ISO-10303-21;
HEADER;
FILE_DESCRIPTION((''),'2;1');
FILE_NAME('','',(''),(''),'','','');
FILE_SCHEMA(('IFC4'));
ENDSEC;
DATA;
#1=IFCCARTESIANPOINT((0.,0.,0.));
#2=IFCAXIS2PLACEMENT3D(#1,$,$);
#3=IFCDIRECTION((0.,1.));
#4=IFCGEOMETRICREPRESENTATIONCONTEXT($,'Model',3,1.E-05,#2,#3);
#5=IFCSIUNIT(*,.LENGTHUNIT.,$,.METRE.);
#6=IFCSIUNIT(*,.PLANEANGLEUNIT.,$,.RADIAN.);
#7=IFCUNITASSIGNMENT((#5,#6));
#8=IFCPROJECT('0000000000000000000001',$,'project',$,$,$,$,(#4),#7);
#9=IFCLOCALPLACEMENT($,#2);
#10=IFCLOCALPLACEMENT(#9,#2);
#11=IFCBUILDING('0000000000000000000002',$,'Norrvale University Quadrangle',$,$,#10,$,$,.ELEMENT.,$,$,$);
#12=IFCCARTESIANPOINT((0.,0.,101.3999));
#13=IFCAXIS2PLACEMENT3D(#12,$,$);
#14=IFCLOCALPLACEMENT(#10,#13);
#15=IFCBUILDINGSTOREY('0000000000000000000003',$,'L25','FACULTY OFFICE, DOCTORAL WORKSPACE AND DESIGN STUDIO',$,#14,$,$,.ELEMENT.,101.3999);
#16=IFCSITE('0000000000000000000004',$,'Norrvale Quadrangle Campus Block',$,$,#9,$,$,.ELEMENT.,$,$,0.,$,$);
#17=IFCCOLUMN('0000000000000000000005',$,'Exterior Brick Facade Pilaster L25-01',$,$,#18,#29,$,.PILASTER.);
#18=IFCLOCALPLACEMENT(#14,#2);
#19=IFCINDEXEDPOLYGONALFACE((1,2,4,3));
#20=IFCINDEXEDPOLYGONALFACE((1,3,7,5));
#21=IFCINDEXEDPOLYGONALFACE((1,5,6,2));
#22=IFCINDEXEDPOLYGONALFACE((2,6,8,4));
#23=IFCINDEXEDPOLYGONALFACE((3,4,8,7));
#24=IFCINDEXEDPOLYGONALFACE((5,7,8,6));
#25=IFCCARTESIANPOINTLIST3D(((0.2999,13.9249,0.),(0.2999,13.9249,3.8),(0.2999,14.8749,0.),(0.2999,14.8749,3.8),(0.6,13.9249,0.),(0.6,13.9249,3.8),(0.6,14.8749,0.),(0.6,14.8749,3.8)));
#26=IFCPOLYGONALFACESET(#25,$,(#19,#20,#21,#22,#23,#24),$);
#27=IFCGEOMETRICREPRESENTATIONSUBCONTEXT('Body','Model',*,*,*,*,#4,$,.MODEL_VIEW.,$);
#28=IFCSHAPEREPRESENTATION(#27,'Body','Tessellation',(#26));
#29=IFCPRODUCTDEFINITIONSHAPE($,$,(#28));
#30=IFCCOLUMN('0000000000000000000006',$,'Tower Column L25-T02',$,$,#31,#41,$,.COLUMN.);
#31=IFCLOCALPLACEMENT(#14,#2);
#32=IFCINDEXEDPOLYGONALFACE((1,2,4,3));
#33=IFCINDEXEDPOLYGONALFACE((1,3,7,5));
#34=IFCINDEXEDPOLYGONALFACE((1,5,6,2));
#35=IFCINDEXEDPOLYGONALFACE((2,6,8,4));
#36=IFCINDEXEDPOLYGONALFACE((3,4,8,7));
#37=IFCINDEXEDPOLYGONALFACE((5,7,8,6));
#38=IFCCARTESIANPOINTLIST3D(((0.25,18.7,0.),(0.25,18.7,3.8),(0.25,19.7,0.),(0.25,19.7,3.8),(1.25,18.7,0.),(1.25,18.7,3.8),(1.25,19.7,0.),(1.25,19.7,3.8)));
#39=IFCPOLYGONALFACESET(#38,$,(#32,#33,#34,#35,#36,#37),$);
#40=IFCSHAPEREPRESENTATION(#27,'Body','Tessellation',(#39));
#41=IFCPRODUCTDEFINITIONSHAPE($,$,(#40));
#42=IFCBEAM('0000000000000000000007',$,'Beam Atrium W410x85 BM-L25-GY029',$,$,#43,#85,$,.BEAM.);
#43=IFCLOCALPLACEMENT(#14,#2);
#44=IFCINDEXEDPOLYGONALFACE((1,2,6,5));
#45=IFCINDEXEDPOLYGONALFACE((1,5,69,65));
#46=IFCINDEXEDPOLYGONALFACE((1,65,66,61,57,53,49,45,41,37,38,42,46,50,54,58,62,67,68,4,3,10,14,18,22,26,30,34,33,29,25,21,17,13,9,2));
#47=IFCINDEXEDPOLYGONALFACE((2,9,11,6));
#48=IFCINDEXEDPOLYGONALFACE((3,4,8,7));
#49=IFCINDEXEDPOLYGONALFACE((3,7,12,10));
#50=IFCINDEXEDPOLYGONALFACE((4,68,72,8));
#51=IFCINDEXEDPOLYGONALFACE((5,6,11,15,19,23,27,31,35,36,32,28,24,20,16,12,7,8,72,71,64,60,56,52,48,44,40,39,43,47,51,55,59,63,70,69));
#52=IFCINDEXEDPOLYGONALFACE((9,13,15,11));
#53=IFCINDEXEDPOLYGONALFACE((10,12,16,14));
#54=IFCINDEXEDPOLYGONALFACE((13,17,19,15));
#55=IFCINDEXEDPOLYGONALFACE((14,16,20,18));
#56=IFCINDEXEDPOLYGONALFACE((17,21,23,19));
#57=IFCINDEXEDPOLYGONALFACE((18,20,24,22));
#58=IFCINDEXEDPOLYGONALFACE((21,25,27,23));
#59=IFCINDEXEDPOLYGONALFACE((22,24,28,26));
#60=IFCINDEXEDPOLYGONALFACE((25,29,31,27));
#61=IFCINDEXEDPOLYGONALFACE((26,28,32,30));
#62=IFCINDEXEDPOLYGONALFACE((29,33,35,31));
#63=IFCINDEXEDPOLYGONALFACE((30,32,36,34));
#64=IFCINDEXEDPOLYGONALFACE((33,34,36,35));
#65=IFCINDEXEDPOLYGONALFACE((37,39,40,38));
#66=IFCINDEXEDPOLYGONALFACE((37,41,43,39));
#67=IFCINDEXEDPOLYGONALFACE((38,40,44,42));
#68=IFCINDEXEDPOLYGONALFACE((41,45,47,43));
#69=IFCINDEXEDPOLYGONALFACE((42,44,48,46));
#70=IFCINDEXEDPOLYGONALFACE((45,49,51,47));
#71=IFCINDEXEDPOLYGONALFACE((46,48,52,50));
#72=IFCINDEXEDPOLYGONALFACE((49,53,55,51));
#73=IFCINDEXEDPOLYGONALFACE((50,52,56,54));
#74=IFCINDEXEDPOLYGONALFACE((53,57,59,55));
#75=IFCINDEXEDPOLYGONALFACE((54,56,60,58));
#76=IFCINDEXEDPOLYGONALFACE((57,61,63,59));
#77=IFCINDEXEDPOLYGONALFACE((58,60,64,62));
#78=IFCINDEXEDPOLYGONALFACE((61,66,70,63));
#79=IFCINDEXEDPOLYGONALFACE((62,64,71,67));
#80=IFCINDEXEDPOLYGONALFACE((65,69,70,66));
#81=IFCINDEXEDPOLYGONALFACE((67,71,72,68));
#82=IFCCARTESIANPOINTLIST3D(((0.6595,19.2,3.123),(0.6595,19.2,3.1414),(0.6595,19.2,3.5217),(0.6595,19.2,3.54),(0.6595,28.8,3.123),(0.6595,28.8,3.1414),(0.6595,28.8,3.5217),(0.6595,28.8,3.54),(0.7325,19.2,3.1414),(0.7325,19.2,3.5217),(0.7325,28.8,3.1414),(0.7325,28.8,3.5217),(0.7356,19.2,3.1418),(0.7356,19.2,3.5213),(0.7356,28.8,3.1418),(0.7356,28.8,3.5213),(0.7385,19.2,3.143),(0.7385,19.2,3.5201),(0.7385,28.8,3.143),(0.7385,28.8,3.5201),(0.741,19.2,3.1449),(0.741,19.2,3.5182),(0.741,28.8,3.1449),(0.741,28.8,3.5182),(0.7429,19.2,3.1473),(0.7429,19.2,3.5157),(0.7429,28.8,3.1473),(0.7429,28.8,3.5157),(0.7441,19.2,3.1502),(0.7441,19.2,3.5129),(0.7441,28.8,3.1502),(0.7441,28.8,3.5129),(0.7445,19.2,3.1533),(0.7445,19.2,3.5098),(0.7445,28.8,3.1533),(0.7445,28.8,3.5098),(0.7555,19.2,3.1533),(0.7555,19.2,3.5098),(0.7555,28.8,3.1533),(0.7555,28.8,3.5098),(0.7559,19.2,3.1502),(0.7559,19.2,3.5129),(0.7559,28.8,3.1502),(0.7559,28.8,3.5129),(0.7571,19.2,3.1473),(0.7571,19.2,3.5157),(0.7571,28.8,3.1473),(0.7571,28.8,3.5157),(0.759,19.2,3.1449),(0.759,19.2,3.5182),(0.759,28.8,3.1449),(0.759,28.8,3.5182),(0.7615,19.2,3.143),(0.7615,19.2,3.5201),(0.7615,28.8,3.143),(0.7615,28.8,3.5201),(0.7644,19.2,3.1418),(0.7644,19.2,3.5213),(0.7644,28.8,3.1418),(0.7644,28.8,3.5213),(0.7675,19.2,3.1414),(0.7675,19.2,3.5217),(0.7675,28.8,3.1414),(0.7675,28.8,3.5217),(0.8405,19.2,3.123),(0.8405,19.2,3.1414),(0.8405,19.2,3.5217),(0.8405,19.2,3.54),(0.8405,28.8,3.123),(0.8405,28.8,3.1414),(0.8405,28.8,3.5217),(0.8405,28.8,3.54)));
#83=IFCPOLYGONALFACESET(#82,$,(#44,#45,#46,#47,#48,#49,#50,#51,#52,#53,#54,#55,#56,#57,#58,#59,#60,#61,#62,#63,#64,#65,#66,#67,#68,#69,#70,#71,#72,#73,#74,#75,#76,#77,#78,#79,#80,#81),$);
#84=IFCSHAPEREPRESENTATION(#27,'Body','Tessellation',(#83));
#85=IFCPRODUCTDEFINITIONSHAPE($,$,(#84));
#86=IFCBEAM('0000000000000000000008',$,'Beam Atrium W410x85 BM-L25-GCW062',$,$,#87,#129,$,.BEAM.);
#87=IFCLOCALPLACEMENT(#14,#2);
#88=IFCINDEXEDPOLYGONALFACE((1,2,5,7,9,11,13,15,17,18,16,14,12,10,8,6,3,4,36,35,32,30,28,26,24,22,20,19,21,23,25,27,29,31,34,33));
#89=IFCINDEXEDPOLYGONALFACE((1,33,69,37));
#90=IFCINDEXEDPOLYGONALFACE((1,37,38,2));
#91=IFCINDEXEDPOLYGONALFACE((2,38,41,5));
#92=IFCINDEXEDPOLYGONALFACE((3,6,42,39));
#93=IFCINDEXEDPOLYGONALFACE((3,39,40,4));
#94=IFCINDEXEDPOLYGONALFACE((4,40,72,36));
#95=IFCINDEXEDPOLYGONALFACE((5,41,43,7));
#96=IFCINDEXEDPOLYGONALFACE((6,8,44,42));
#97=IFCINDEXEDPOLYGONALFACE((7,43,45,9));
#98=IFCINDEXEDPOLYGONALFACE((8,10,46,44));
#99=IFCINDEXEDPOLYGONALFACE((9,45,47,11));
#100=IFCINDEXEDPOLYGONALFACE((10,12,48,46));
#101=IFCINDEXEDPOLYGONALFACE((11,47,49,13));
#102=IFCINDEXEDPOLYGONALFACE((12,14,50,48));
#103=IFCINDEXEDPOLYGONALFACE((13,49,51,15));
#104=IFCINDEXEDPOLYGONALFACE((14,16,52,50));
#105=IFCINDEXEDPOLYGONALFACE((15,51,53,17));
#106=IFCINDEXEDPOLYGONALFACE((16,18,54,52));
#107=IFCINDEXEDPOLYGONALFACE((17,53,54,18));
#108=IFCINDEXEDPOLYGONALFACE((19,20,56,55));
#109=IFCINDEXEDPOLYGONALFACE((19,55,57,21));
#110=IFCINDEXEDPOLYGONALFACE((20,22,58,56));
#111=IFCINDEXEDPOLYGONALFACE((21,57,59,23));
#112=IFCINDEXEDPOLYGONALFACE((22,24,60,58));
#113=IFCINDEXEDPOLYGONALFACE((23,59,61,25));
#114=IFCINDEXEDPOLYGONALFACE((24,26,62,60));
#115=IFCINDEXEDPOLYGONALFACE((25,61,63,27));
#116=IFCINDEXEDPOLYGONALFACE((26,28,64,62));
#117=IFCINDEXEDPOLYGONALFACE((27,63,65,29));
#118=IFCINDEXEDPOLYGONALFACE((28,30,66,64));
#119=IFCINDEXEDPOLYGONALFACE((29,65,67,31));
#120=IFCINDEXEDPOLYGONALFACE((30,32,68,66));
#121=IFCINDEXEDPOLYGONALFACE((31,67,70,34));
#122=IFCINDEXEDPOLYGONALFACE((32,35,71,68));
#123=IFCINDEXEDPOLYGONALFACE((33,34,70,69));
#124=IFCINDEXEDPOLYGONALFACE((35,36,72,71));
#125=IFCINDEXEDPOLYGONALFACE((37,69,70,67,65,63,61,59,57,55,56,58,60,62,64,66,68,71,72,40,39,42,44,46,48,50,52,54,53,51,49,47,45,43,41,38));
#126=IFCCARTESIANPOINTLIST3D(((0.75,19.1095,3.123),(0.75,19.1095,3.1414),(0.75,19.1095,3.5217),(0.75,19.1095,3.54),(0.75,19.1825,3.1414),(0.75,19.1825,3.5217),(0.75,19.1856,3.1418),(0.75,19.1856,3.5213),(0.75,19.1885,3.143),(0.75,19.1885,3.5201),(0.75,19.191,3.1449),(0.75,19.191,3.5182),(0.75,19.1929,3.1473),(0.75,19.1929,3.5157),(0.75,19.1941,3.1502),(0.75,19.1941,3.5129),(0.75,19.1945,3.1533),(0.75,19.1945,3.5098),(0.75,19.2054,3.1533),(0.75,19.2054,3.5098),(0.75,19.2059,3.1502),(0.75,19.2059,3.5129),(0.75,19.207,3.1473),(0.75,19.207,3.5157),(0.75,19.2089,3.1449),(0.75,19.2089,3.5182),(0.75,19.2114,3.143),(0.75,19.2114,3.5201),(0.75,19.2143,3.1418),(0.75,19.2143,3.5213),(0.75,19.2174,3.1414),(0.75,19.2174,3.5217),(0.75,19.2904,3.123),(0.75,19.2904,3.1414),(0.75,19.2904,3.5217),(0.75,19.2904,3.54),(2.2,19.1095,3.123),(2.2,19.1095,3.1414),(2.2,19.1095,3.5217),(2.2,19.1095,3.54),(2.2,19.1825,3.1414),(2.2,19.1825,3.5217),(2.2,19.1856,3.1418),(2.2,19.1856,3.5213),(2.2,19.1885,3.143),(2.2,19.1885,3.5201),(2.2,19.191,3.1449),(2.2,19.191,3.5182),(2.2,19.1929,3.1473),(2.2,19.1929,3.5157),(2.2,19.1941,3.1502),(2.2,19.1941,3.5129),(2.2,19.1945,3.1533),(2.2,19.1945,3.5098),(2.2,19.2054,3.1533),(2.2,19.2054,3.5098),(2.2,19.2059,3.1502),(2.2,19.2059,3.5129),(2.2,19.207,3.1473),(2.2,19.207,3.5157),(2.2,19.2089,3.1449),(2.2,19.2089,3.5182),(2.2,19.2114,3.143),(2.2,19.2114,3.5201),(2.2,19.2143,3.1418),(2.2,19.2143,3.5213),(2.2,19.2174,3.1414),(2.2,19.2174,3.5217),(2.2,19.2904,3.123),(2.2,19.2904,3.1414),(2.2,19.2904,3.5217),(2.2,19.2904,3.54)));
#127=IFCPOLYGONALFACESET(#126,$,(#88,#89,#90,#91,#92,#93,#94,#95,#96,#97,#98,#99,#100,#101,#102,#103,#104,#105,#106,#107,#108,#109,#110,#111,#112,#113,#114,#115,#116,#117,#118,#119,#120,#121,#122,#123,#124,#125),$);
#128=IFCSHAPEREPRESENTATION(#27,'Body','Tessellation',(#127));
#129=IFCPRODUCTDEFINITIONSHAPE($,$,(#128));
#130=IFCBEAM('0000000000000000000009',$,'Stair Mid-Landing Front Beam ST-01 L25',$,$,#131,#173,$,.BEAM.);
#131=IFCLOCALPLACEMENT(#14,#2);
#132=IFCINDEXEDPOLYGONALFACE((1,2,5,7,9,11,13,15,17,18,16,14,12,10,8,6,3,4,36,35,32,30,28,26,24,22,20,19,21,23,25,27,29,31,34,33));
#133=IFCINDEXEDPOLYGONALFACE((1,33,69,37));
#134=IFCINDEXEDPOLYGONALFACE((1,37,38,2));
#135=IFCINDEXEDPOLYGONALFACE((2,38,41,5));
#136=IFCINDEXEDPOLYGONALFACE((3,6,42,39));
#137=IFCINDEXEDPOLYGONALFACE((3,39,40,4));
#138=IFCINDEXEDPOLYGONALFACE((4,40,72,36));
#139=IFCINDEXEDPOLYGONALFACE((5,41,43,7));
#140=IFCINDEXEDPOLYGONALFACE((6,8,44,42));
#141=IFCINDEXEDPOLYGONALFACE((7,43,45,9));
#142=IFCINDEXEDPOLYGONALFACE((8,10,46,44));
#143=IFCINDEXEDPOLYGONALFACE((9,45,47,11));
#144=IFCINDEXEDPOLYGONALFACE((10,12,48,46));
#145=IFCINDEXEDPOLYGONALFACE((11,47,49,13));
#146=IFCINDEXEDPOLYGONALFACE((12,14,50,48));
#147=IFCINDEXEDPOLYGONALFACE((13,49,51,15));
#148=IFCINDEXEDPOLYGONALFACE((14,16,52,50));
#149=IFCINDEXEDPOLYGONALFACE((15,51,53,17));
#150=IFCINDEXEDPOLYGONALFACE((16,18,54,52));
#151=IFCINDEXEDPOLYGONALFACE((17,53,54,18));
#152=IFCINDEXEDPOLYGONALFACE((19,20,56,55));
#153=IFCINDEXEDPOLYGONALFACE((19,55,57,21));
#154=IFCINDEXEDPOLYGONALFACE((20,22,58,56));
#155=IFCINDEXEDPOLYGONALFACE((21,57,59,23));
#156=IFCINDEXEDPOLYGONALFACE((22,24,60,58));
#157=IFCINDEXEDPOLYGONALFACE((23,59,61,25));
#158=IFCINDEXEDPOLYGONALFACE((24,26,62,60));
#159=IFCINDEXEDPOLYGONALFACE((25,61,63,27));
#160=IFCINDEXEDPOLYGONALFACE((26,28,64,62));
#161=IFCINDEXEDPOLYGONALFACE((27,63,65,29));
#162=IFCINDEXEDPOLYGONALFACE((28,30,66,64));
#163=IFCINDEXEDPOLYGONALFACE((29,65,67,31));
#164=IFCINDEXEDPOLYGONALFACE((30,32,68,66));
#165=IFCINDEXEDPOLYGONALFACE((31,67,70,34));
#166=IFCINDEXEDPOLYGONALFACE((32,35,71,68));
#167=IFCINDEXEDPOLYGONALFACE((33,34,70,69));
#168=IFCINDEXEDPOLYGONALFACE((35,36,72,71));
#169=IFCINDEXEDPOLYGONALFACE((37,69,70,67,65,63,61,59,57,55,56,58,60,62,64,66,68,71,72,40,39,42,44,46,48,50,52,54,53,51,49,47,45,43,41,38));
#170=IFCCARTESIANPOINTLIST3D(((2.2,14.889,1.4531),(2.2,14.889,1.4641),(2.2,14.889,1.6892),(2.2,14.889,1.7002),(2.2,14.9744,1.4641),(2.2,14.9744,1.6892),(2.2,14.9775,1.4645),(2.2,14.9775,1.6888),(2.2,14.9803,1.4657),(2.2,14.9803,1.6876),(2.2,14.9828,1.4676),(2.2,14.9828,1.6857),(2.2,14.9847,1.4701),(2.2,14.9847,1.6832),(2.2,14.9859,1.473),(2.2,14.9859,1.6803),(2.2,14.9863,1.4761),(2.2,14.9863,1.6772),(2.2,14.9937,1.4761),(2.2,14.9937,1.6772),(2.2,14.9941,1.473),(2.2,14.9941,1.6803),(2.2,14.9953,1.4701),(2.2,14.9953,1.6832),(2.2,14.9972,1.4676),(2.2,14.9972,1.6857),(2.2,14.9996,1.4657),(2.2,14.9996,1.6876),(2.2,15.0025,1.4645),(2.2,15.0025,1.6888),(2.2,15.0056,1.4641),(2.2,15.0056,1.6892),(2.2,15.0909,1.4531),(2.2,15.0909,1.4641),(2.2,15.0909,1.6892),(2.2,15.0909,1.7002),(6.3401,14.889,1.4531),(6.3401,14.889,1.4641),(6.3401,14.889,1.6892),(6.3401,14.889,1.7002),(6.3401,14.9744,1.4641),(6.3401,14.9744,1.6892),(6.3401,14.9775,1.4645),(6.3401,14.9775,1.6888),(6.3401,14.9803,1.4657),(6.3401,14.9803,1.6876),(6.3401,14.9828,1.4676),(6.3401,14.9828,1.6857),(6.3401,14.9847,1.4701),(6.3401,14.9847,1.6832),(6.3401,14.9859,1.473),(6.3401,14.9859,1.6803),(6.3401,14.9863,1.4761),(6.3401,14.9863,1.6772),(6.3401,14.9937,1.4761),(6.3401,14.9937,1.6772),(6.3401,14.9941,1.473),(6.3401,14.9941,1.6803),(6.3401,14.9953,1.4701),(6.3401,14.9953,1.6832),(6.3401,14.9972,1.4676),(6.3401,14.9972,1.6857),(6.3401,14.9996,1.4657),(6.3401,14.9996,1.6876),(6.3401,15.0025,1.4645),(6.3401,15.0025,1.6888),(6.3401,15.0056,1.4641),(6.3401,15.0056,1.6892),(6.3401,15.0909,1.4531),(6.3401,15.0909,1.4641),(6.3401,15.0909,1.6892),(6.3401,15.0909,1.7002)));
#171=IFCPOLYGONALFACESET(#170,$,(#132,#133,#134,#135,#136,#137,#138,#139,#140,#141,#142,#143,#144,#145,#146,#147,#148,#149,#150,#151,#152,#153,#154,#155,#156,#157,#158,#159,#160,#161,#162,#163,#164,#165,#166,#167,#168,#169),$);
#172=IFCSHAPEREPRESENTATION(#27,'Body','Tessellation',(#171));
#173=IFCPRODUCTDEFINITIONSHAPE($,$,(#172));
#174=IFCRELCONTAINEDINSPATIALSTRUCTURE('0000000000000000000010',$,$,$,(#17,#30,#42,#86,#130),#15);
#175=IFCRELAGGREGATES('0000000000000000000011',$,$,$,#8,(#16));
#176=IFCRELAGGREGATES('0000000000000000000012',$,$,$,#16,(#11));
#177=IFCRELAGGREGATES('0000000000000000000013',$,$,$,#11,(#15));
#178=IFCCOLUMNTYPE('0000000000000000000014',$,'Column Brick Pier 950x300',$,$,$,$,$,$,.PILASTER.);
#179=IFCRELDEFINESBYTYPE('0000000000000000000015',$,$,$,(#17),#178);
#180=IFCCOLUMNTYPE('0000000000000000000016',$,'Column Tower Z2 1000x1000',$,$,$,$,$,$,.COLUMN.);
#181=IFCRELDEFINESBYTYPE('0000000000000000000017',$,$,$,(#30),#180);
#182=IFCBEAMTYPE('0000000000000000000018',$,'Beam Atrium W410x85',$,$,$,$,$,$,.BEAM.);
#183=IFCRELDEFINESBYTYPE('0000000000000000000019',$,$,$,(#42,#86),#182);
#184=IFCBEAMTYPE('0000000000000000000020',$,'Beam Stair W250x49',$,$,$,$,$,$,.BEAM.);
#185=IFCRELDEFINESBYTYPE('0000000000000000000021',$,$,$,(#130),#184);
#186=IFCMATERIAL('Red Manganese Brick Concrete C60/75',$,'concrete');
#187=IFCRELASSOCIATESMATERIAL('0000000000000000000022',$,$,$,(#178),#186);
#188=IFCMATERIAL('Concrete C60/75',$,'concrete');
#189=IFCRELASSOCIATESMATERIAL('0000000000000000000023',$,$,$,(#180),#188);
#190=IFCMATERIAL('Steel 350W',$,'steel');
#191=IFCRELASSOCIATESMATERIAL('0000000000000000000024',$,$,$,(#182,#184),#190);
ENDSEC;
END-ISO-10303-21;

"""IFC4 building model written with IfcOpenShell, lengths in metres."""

from ifc_helpers import new_model, si_unit, direction, frame, origin, origin_2d, place, context, subcontext, project, spatial, rectangle, i_section, extrude, material, material_profile, profile_set, type_object, element, save


model = new_model("IFC4")

# Units and contexts
model_context = context("Model", 3, precision=1e-05, world=origin(), true_north=direction((0.0, 1.0)))
body_context = subcontext(model_context, "Body", "Model", "MODEL_VIEW")
ifc_project = project(units=[si_unit("LENGTHUNIT", "METRE"), si_unit("PLANEANGLEUNIT", "RADIAN")], contexts=[model_context])

# Site, building, storey
site_placement = place(None, origin())
site = spatial("IfcSite", under=ifc_project, at=site_placement, Name="Norrvale Quadrangle Campus Block", CompositionType="ELEMENT", RefElevation=0.0)
building_placement = place(site_placement, origin())
building = spatial("IfcBuilding", under=site, at=building_placement, Name="Norrvale University Quadrangle", CompositionType="ELEMENT")
storey_placement = place(building_placement, frame((0.0, 0.0, 101.3999)))
storey = spatial("IfcBuildingStorey", under=building, at=storey_placement, Name="L25", Description="FACULTY OFFICE, DOCTORAL WORKSPACE AND DESIGN STUDIO", CompositionType="ELEMENT", Elevation=101.3999)

# Columns
ifc_material_1 = material(Name="Red Manganese Brick Concrete C60/75", Category="concrete")
ifc_material_profile_1 = material_profile(ifc_material_1, rectangle(XDim=0.95, YDim=0.3, at=origin_2d()), Name="Red Manganese Brick Concrete C60/75")
ifc_profile_set_1 = profile_set([ifc_material_profile_1], Name="Red Manganese Brick Concrete C60/75")
column_type_1 = type_object("IfcColumnType", Name="Column Brick Pier 950x300", PredefinedType="PILASTER", material=ifc_profile_set_1)
column_1_placement = place(storey_placement, frame((0.45, 14.3999, 0.0), z_axis=(0.0, 0.0, 1.0), x_axis=(0.0, 1.0, 0.0)))
element("IfcColumn", 1, at=column_1_placement, inside=storey, type_object=column_type_1, Name="Exterior Brick Facade Pilaster L25-01", PredefinedType="PILASTER", context=body_context, shape_type="SweptSolid", body=[
    extrude(rectangle(XDim=0.95, YDim=0.3, at=origin_2d()), origin(), (0.0, 0.0, 1.0), 3.8),
])
ifc_material_2 = material(Name="Concrete C60/75", Category="concrete")
ifc_material_profile_2 = material_profile(ifc_material_2, rectangle(XDim=1.0, YDim=1.0, at=origin_2d()), Name="Concrete C60/75")
ifc_profile_set_2 = profile_set([ifc_material_profile_2], Name="Concrete C60/75")
column_type_2 = type_object("IfcColumnType", Name="Column Tower Z2 1000x1000", PredefinedType="COLUMN", material=ifc_profile_set_2)
column_2_placement = place(storey_placement, frame((0.75, 19.2, 0.0), z_axis=(0.0, 0.0, 1.0), x_axis=(1.0, 0.0, 0.0)))
element("IfcColumn", 2, at=column_2_placement, inside=storey, type_object=column_type_2, Name="Tower Column L25-T02", PredefinedType="COLUMN", context=body_context, shape_type="SweptSolid", body=[
    extrude(rectangle(XDim=1.0, YDim=1.0, at=origin_2d()), origin(), (0.0, 0.0, 1.0), 3.8),
])

# Beams
ifc_material_3 = material(Name="Steel 350W", Category="steel")
ifc_material_profile_3 = material_profile(ifc_material_3, i_section(OverallWidth=0.1809, OverallDepth=0.417, WebThickness=0.011, FlangeThickness=0.0183, FilletRadius=0.012, at=origin_2d()), Name="Steel 350W")
ifc_profile_set_3 = profile_set([ifc_material_profile_3], Name="Steel 350W")
beam_type_1 = type_object("IfcBeamType", Name="Beam Atrium W410x85", PredefinedType="BEAM", material=ifc_profile_set_3)
beam_1_placement = place(storey_placement, frame((0.75, 19.2, 3.3315), z_axis=(0.0, 1.0, 0.0), x_axis=(-1.0, 0.0, 0.0)))
element("IfcBeam", 3, at=beam_1_placement, inside=storey, type_object=beam_type_1, Name="Beam Atrium W410x85 BM-L25-GY029", PredefinedType="BEAM", context=body_context, shape_type="SweptSolid", body=[
    extrude(i_section(OverallWidth=0.1809, OverallDepth=0.417, WebThickness=0.011, FlangeThickness=0.0183, FilletRadius=0.012, at=origin_2d()), origin(), (0.0, 0.0, 1.0), 9.6001),
])
beam_2_placement = place(storey_placement, frame((0.75, 19.2, 3.3315), z_axis=(1.0, 0.0, 0.0), x_axis=(0.0, 1.0, 0.0)))
element("IfcBeam", 4, at=beam_2_placement, inside=storey, type_object=beam_type_1, Name="Beam Atrium W410x85 BM-L25-GCW062", PredefinedType="BEAM", context=body_context, shape_type="SweptSolid", body=[
    extrude(i_section(OverallWidth=0.1809, OverallDepth=0.417, WebThickness=0.011, FlangeThickness=0.0183, FilletRadius=0.012, at=origin_2d()), origin(), (0.0, 0.0, 1.0), 1.45),
])
ifc_material_profile_4 = material_profile(ifc_material_3, i_section(OverallWidth=0.2019, OverallDepth=0.2471, WebThickness=0.0073, FlangeThickness=0.011, FilletRadius=0.012, at=origin_2d()), Name="Steel 350W")
ifc_profile_set_4 = profile_set([ifc_material_profile_4], Name="Steel 350W")
beam_type_2 = type_object("IfcBeamType", Name="Beam Stair W250x49", PredefinedType="BEAM", material=ifc_profile_set_4)
for number, where, z_axis, x_axis, name in (
    (5, (2.2, 14.99, 1.5767), (1.0, 0.0, 0.0), (0.0, 1.0, 0.0), "Stair Mid-Landing Front Beam ST-01 L25"),
):
    element("IfcBeam", number, at=place(storey_placement, frame(where, z_axis=z_axis, x_axis=x_axis)), inside=storey, type_object=beam_type_2, Name=name, PredefinedType="BEAM", context=body_context, shape_type="SweptSolid", body=[
        extrude(i_section(OverallWidth=0.2019, OverallDepth=0.2471, WebThickness=0.0073, FlangeThickness=0.011, FilletRadius=0.012, at=origin_2d()), origin(), (0.0, 0.0, 1.0), 4.1401),
    ])

save(model, "model.ifc")
